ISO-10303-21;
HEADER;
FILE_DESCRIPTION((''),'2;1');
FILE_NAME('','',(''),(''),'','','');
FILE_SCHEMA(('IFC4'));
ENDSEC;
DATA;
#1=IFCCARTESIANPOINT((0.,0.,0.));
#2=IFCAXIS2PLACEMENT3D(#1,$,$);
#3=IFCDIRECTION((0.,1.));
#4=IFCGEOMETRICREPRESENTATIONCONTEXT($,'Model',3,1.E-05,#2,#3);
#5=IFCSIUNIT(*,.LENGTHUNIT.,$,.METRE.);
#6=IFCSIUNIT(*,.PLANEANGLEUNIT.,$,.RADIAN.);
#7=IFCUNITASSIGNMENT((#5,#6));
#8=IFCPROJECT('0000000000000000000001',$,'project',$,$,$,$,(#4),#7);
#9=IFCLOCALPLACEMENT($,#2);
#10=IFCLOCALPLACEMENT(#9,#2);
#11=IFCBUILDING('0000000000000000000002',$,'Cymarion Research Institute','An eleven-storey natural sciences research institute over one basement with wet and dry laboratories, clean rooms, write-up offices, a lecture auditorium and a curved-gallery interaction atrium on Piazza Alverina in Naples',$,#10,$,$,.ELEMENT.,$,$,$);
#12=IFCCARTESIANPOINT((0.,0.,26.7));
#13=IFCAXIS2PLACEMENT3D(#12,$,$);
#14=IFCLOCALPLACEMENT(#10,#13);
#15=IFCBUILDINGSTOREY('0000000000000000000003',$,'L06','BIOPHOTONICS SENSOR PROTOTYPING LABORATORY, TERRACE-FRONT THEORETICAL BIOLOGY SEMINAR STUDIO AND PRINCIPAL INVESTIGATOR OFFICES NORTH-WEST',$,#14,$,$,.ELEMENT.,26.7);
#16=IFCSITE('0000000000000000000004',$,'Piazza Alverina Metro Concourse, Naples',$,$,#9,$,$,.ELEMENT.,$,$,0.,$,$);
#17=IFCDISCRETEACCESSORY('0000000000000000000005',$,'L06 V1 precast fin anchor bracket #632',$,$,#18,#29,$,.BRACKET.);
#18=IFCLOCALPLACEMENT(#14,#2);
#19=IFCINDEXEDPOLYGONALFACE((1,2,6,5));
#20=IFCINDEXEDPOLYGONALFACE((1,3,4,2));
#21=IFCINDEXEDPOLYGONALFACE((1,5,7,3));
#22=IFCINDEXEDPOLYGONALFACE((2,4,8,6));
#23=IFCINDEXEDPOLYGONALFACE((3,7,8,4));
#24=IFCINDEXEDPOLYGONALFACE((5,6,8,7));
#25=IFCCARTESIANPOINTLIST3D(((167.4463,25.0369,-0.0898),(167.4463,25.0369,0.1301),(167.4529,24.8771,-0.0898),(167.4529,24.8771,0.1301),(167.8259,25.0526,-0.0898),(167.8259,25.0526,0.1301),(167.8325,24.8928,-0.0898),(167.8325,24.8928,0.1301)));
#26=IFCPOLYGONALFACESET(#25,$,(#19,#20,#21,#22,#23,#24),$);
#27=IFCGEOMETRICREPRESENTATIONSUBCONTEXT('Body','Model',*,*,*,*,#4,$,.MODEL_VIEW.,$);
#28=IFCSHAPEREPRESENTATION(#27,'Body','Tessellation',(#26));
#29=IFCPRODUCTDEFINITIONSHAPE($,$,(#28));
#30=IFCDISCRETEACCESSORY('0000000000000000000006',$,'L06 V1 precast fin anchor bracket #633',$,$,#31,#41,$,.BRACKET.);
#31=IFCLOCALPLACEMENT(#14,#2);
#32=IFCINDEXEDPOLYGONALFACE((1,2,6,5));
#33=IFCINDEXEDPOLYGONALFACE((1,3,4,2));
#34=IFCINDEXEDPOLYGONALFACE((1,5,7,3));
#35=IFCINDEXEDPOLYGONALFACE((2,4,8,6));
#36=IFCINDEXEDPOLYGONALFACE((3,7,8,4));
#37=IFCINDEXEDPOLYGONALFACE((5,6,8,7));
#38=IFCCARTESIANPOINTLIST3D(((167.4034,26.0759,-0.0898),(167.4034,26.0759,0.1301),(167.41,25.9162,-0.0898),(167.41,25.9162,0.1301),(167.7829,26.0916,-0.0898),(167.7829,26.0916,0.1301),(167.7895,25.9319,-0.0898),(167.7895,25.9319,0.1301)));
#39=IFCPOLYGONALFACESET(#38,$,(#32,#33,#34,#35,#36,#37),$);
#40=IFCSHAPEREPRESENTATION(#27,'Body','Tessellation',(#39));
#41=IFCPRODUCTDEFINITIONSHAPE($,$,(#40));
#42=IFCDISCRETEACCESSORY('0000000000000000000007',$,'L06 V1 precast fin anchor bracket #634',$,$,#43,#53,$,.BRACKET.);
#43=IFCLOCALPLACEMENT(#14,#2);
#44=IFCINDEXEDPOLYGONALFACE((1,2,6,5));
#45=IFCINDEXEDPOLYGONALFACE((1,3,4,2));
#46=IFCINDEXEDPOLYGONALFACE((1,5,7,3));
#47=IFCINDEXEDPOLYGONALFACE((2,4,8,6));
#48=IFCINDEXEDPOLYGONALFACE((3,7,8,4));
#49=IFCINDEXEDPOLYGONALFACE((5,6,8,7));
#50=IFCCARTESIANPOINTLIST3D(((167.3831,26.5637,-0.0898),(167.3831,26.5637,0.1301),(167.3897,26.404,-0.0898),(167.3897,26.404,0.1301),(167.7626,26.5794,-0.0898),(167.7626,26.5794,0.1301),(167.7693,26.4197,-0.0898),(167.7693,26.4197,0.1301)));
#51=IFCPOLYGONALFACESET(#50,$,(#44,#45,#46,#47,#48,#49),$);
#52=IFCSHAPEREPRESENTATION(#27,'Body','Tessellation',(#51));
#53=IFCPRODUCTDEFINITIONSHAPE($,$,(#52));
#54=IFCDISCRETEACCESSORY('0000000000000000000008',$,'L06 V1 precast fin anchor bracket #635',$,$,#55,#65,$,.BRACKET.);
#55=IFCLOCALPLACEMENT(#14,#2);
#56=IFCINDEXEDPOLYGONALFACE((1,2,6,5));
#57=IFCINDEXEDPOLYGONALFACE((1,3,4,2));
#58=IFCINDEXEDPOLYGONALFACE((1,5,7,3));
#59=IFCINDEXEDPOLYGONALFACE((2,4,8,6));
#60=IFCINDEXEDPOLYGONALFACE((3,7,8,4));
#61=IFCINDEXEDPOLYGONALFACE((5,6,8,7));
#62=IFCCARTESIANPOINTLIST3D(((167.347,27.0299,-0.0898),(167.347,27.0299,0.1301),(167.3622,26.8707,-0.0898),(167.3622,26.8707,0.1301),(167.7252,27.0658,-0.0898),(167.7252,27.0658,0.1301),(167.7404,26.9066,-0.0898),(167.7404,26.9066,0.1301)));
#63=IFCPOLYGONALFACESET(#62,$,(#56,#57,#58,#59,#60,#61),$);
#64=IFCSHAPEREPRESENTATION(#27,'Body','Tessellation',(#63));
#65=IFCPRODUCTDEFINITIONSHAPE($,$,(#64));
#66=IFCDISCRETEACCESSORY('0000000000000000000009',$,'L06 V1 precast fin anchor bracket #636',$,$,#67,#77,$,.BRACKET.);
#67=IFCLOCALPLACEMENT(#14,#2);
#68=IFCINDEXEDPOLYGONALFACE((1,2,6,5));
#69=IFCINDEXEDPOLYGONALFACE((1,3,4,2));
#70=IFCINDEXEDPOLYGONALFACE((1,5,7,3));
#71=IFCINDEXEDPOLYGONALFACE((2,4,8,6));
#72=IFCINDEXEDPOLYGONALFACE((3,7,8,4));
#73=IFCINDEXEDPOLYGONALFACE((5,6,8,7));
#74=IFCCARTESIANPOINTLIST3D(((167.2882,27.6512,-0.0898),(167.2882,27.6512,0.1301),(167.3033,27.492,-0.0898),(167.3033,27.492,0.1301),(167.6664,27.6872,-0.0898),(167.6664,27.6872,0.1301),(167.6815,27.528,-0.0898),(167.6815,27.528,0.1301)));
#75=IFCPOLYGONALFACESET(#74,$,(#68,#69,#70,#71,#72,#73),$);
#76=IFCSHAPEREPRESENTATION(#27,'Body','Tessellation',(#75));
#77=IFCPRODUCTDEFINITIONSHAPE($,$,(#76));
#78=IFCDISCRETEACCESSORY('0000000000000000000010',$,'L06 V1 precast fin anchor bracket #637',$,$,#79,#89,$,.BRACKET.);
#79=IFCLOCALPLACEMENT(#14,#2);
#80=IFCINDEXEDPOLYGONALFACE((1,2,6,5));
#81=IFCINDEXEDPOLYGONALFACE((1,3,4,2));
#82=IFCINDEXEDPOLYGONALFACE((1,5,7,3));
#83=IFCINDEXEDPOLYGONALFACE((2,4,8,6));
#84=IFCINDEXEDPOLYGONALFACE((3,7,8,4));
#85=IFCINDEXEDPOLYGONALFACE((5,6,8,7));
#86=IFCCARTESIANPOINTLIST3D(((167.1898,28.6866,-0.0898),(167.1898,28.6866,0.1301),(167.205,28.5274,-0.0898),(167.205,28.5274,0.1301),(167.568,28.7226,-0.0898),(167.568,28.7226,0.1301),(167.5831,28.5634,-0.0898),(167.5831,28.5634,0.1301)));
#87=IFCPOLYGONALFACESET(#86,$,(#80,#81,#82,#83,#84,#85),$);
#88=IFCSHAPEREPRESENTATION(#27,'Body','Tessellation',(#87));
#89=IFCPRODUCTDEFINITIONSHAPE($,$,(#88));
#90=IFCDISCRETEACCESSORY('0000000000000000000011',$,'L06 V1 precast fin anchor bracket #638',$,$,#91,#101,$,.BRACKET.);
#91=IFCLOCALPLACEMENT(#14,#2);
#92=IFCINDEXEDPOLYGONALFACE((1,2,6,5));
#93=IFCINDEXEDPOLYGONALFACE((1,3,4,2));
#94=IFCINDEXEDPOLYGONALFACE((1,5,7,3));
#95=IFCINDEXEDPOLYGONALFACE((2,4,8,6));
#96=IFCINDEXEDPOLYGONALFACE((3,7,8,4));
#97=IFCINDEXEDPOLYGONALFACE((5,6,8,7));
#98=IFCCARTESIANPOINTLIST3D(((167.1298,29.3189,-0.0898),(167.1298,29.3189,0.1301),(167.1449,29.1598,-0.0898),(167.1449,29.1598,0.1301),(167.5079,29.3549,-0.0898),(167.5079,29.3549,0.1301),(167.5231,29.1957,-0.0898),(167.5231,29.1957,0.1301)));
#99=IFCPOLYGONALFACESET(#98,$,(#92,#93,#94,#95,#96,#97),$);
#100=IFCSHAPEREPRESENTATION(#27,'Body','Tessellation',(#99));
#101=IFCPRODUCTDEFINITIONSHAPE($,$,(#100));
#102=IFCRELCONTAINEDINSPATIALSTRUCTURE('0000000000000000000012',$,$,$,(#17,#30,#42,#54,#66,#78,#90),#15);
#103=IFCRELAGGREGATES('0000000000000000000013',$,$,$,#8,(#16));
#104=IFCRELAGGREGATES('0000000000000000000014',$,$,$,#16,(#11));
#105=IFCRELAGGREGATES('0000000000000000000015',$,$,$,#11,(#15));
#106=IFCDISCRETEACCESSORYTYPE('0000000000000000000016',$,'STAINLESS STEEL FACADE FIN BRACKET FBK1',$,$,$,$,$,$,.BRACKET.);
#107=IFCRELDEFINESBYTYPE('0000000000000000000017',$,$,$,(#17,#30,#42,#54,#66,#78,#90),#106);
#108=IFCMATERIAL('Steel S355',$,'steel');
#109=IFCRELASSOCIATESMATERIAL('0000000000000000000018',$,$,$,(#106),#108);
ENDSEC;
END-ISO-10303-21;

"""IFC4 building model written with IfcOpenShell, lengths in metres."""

from ifc_helpers import new_model, si_unit, direction, frame, origin, origin_2d, place, context, subcontext, project, spatial, rectangle, extrude, material, type_object, element, save


model = new_model("IFC4")

# Units and contexts
model_context = context("Model", 3, precision=1e-05, world=origin(), true_north=direction((0.0, 1.0)))
body_context = subcontext(model_context, "Body", "Model", "MODEL_VIEW")
ifc_project = project(units=[si_unit("LENGTHUNIT", "METRE"), si_unit("PLANEANGLEUNIT", "RADIAN")], contexts=[model_context])

# Site, building, storey
site_placement = place(None, origin())
site = spatial("IfcSite", under=ifc_project, at=site_placement, Name="Piazza Alverina Metro Concourse, Naples", CompositionType="ELEMENT", RefElevation=0.0)
building_placement = place(site_placement, origin())
building = spatial("IfcBuilding", under=site, at=building_placement, Name="Cymarion Research Institute", Description="An eleven-storey natural sciences research institute over one basement with wet and dry laboratories, clean rooms, write-up offices, a lecture auditorium and a curved-gallery interaction atrium on Piazza Alverina in Naples", CompositionType="ELEMENT")
storey_placement = place(building_placement, frame((0.0, 0.0, 26.7)))
storey = spatial("IfcBuildingStorey", under=building, at=storey_placement, Name="L06", Description="BIOPHOTONICS SENSOR PROTOTYPING LABORATORY, TERRACE-FRONT THEORETICAL BIOLOGY SEMINAR STUDIO AND PRINCIPAL INVESTIGATOR OFFICES NORTH-WEST", CompositionType="ELEMENT", Elevation=26.7)

# Discrete accessories
ifc_material_1 = material(Name="Steel S355", Category="steel")
discrete_accessory_type = type_object("IfcDiscreteAccessoryType", Name="STAINLESS STEEL FACADE FIN BRACKET FBK1", PredefinedType="BRACKET", material=ifc_material_1)
for number, where, z_axis, x_axis, name in (
    (1, (167.6394, 24.9648, -0.0898), (0.0, 0.0, 1.0), (0.999145, 0.041353, 0.0), "L06 V1 precast fin anchor bracket #632"),
    (2, (167.5964, 26.0039, -0.0898), (0.0, 0.0, 1.0), (0.999145, 0.041353, 0.0), "L06 V1 precast fin anchor bracket #633"),
    (3, (167.5762, 26.4917, -0.0898), (0.0, 0.0, 1.0), (0.999145, 0.041353, 0.0), "L06 V1 precast fin anchor bracket #634"),
    (4, (167.5437, 26.9683, -0.0898), (0.0, 0.0, 1.0), (0.995513, 0.09463, 0.0), "L06 V1 precast fin anchor bracket #635"),
    (5, (167.4849, 27.5896, -0.0898), (0.0, 0.0, 1.0), (0.995513, 0.09463, 0.0), "L06 V1 precast fin anchor bracket #636"),
    (6, (167.3865, 28.625, -0.0898), (0.0, 0.0, 1.0), (0.995513, 0.09463, 0.0), "L06 V1 precast fin anchor bracket #637"),
    (7, (167.3264, 29.2573, -0.0898), (0.0, 0.0, 1.0), (0.995513, 0.09463, 0.0), "L06 V1 precast fin anchor bracket #638"),
):
    element("IfcDiscreteAccessory", number, at=place(storey_placement, frame(where, z_axis=z_axis, x_axis=x_axis)), inside=storey, type_object=discrete_accessory_type, Name=name, PredefinedType="BRACKET", context=body_context, shape_type="SweptSolid", body=[
        extrude(rectangle(XDim=0.3799, YDim=0.1599, at=origin_2d()), origin(), (0.0, 0.0, 1.0), 0.22),
    ])

save(model, "model.ifc")
